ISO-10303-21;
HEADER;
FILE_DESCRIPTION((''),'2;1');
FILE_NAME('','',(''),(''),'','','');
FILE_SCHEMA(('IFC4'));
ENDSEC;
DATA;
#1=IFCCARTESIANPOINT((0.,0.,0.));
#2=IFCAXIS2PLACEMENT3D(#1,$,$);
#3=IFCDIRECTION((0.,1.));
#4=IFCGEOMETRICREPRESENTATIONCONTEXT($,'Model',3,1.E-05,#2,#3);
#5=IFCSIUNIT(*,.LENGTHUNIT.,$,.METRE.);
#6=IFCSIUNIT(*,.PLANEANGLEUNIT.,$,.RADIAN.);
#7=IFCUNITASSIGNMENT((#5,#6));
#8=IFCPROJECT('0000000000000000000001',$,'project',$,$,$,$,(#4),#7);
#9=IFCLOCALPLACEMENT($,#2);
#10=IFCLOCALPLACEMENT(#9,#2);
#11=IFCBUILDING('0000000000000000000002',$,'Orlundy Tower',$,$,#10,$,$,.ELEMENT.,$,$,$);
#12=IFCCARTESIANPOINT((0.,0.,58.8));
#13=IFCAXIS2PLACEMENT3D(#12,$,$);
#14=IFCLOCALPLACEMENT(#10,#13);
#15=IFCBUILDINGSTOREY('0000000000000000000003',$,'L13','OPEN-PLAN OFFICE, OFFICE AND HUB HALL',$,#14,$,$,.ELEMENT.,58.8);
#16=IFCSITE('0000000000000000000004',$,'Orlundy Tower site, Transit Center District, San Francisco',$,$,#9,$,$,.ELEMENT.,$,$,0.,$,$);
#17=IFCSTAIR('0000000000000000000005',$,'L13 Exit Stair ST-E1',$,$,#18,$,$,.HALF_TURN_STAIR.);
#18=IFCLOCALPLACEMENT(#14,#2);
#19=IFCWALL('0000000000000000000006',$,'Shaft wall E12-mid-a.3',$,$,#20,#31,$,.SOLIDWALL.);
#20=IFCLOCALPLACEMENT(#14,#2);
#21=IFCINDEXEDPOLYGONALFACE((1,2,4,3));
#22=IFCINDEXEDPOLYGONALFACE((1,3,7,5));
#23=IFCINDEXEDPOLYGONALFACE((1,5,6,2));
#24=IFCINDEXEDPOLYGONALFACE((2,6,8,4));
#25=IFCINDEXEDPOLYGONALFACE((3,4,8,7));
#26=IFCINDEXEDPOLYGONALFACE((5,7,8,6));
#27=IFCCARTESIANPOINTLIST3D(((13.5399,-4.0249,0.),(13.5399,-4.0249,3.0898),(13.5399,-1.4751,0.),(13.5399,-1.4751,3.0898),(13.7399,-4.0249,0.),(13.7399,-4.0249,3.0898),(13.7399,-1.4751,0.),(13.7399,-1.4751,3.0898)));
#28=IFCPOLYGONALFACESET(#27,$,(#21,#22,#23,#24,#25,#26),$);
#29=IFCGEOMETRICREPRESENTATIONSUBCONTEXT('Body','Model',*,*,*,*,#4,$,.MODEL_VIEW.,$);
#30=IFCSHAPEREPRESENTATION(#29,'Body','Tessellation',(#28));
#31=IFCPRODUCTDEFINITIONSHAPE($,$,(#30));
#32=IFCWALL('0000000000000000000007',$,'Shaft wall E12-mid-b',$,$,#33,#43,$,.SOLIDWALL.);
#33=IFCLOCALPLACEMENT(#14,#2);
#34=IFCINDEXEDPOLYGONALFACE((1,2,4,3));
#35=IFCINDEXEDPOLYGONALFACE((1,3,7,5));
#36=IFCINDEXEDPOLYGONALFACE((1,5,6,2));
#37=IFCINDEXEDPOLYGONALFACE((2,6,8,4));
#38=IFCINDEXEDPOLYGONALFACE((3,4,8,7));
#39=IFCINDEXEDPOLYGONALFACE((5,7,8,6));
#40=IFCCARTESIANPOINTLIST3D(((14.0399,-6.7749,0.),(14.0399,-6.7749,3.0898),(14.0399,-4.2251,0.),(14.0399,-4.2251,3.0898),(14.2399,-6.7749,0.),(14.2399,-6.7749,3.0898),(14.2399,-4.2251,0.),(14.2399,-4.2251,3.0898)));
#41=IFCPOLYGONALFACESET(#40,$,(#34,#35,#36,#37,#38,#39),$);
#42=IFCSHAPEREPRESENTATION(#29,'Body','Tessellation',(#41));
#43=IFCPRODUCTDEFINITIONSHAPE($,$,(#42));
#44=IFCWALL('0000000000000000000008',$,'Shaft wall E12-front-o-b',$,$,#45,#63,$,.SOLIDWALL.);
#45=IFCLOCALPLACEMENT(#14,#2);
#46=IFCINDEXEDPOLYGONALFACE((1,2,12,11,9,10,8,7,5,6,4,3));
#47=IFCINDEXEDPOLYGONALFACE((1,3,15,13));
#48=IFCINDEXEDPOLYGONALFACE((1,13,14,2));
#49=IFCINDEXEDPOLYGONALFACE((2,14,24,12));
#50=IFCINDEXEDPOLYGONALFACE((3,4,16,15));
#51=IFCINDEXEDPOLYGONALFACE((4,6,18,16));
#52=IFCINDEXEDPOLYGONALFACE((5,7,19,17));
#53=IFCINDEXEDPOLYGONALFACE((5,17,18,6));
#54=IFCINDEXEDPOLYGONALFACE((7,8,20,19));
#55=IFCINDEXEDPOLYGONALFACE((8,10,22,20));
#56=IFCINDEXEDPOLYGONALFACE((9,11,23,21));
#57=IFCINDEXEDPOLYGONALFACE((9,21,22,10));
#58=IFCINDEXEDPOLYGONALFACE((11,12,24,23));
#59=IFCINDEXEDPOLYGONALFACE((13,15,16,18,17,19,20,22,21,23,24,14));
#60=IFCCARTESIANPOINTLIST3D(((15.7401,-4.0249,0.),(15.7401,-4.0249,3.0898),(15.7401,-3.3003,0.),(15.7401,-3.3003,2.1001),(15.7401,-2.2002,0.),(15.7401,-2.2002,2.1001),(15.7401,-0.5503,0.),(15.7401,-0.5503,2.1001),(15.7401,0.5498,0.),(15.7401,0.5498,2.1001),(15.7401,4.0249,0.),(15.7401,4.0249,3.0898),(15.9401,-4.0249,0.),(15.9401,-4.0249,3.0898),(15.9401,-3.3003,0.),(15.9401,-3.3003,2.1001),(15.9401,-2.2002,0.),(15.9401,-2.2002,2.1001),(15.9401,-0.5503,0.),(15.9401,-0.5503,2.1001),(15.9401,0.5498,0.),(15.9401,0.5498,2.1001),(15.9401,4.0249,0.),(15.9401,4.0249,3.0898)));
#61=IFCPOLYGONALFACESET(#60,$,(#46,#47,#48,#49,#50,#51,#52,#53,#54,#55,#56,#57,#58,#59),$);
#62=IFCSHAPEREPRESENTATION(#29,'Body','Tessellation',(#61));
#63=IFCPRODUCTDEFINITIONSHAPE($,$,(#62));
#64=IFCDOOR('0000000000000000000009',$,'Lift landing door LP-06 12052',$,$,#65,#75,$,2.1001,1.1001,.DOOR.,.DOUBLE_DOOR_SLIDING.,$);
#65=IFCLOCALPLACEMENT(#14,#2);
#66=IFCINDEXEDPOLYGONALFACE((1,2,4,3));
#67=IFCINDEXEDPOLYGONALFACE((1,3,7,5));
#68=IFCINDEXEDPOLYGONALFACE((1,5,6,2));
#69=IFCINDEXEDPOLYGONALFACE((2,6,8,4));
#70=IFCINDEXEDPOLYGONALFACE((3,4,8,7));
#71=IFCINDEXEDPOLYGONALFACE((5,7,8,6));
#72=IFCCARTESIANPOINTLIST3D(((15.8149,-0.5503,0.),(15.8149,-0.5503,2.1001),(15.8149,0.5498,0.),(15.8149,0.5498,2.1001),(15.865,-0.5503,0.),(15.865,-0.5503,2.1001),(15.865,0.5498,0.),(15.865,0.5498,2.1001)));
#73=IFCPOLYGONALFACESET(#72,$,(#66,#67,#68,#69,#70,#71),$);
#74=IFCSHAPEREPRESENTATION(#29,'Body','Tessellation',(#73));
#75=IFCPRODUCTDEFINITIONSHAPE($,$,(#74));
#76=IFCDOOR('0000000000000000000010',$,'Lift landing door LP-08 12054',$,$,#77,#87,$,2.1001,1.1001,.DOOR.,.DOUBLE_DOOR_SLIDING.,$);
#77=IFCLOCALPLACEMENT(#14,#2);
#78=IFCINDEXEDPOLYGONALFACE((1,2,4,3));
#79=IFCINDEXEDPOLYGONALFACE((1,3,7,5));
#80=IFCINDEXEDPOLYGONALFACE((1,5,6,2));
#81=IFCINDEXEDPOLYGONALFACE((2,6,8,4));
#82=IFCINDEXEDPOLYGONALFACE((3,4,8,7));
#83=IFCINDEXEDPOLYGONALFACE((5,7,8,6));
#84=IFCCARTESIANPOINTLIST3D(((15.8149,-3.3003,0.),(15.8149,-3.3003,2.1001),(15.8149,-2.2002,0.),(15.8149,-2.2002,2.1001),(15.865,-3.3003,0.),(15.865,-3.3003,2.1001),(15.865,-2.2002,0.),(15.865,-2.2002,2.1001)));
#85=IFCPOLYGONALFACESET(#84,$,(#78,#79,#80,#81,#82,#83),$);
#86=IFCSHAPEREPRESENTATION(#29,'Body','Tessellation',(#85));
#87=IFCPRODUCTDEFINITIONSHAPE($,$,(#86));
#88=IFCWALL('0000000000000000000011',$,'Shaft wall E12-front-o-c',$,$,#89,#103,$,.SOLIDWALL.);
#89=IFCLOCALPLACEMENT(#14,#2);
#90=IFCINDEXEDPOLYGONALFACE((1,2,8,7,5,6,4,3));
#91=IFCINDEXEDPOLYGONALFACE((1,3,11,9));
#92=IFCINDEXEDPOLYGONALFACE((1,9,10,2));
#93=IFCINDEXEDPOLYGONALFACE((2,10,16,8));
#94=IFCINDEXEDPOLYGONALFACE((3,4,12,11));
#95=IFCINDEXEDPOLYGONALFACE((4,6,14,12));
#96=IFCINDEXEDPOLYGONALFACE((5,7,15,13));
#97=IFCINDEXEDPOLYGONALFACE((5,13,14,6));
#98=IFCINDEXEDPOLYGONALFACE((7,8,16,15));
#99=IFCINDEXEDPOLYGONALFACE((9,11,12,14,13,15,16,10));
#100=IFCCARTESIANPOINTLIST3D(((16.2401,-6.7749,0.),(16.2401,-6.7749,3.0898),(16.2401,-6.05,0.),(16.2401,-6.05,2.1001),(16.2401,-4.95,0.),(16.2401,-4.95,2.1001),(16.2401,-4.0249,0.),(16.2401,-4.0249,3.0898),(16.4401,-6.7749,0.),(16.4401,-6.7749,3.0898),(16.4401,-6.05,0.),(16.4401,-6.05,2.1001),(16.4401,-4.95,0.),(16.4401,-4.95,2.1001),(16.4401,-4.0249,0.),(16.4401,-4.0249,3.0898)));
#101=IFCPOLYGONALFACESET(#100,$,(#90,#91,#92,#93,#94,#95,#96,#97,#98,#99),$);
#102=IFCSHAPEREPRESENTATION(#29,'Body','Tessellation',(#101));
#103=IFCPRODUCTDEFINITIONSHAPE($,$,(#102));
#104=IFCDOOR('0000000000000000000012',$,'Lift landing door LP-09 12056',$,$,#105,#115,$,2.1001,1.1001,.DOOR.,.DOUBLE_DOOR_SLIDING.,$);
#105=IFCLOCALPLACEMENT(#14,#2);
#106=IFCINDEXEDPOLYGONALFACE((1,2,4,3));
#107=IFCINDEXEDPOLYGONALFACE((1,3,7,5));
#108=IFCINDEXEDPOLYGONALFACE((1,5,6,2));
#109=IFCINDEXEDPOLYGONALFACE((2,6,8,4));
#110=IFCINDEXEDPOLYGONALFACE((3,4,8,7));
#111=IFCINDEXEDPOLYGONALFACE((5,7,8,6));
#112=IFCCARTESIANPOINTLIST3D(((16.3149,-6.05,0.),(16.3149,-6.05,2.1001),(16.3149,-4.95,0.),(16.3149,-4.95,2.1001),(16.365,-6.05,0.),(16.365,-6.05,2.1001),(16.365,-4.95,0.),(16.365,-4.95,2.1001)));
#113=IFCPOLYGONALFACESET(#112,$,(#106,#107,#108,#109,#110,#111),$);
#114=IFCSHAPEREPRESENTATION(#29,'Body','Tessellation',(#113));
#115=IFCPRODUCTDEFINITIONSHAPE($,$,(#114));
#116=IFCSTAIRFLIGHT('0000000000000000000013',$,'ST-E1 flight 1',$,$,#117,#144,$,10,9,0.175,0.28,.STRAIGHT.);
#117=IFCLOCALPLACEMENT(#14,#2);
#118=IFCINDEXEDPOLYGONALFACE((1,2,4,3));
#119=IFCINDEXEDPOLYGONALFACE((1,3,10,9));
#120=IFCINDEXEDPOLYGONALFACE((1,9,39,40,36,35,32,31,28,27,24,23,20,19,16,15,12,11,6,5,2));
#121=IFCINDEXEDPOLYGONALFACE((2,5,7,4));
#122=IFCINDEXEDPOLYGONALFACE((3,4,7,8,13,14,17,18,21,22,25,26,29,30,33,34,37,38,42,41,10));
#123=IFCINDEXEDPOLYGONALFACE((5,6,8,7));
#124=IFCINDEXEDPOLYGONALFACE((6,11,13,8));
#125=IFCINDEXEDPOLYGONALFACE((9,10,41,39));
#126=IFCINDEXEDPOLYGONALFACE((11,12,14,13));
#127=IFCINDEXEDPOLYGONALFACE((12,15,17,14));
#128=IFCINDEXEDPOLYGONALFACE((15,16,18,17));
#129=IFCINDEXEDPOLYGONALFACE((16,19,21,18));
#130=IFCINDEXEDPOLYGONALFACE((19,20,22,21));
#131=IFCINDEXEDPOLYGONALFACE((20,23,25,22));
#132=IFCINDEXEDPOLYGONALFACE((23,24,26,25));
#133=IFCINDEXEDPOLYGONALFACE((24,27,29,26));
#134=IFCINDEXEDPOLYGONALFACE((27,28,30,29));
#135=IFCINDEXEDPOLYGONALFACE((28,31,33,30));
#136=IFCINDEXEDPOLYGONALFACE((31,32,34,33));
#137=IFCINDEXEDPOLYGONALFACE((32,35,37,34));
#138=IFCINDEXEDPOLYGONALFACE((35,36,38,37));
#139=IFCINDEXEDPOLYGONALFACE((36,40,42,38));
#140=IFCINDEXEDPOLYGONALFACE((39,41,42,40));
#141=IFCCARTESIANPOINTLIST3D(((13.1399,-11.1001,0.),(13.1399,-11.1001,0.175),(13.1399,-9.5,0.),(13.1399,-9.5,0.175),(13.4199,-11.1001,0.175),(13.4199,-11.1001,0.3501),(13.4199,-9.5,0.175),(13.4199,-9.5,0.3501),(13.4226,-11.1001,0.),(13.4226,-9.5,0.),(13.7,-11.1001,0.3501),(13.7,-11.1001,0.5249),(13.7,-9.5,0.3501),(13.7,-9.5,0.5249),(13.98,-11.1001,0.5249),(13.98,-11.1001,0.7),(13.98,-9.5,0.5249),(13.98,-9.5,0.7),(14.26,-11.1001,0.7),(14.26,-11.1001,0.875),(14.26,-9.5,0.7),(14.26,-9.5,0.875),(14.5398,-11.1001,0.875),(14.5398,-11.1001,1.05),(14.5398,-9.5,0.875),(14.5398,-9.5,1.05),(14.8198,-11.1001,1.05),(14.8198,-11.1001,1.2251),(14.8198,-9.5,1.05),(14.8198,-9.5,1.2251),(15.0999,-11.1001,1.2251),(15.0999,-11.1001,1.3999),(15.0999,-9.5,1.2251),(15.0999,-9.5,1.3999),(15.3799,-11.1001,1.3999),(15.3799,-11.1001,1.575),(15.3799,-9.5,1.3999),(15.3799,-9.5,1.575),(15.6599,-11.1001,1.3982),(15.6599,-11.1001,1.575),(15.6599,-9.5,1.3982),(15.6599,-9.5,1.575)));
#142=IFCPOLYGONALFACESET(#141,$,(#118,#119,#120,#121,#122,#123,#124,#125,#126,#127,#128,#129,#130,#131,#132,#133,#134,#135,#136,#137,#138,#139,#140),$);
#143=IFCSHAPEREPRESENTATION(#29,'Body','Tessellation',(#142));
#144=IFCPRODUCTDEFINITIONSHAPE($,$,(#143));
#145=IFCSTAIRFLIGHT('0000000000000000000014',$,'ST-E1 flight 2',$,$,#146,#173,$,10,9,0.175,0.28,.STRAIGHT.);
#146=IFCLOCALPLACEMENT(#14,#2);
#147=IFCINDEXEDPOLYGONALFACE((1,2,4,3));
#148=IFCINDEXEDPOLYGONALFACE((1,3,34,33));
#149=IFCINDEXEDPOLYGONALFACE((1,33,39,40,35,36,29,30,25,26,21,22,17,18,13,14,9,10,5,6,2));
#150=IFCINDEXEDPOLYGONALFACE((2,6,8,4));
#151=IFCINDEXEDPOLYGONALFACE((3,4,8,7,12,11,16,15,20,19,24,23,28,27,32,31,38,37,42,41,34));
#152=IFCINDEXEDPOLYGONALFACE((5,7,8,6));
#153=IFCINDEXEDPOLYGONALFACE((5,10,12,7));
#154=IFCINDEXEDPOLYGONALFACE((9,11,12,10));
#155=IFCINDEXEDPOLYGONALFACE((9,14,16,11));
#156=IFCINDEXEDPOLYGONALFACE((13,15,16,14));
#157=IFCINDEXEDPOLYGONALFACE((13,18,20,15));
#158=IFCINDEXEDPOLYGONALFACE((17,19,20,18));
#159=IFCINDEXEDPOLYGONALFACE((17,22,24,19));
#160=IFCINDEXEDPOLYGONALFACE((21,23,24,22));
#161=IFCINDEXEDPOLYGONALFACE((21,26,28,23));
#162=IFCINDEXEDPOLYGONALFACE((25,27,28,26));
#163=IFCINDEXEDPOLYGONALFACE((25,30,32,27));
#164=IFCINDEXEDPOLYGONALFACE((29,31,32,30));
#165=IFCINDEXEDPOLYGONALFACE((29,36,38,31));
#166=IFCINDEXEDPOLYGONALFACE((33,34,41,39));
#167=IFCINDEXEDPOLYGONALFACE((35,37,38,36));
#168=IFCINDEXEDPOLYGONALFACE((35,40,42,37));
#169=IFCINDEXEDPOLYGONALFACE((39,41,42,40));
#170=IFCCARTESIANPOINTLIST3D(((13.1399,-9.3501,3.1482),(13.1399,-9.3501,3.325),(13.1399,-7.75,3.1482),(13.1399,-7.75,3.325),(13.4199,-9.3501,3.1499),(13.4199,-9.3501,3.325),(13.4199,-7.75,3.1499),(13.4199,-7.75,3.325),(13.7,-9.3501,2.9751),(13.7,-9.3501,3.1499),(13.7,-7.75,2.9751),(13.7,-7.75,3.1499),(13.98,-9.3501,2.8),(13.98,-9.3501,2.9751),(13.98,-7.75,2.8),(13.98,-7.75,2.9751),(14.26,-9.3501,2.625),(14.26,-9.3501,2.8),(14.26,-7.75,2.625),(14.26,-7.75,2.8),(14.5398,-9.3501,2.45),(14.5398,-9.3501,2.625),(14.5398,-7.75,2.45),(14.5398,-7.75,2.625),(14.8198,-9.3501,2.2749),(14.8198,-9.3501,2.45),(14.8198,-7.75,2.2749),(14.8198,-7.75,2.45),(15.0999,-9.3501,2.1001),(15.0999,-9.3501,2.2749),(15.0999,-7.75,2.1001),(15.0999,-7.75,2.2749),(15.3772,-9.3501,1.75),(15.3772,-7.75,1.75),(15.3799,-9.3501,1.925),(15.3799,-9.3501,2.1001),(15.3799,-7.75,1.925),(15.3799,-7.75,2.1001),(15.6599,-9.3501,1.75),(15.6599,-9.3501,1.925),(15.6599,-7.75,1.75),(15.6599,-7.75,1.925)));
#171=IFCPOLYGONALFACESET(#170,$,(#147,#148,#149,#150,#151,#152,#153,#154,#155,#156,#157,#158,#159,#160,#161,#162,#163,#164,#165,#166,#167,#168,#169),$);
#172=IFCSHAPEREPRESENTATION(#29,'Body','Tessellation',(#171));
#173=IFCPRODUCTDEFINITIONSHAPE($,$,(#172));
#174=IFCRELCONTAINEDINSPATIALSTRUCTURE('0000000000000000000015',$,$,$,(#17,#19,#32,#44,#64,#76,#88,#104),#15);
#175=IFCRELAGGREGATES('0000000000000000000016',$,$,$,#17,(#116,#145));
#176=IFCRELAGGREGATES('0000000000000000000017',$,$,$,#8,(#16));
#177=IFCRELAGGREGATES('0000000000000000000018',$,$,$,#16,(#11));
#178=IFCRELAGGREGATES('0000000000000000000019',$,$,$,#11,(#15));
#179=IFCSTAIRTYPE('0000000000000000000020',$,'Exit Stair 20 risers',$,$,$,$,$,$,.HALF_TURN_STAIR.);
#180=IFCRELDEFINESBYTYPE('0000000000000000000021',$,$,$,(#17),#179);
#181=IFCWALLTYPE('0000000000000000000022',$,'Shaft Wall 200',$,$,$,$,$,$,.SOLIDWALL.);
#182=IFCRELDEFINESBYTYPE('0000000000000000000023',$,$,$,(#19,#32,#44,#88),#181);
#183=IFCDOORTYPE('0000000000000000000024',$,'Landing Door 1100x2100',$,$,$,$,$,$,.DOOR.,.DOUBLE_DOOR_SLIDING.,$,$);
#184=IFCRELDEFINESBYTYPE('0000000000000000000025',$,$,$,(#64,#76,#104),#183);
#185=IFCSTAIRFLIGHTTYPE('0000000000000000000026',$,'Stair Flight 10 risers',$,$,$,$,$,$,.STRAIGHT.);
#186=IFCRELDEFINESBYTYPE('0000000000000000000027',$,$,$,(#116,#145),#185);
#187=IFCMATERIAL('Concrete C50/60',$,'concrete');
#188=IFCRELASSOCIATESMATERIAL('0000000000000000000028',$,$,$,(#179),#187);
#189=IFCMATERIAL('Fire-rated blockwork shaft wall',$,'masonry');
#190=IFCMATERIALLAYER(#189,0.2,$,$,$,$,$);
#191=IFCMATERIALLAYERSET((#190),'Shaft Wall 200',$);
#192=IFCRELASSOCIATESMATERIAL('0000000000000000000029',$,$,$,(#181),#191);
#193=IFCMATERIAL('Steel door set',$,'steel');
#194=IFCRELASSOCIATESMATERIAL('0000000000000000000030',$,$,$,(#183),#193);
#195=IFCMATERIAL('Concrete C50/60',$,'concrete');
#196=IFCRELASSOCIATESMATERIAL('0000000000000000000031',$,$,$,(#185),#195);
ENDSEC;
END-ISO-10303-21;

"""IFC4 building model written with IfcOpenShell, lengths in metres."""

from ifc_helpers import new_model, si_unit, direction, frame, frame_2d, origin, place, context, subcontext, project, spatial, polyline, rectangle, outline, extrude, material, layer, layer_set, type_object, element, fill, aggregate, save


model = new_model("IFC4")

# Units and contexts
model_context = context("Model", 3, precision=1e-05, world=origin(), true_north=direction((0.0, 1.0)))
body_context = subcontext(model_context, "Body", "Model", "MODEL_VIEW")
ifc_project = project(units=[si_unit("LENGTHUNIT", "METRE"), si_unit("PLANEANGLEUNIT", "RADIAN")], contexts=[model_context])

# Site, building, storey
site_placement = place(None, origin())
site = spatial("IfcSite", under=ifc_project, at=site_placement, Name="Orlundy Tower site, Transit Center District, San Francisco", CompositionType="ELEMENT", RefElevation=0.0)
building_placement = place(site_placement, origin())
building = spatial("IfcBuilding", under=site, at=building_placement, Name="Orlundy Tower", CompositionType="ELEMENT")
storey_placement = place(building_placement, frame((0.0, 0.0, 58.8)))
storey = spatial("IfcBuildingStorey", under=building, at=storey_placement, Name="L13", Description="OPEN-PLAN OFFICE, OFFICE AND HUB HALL", CompositionType="ELEMENT", Elevation=58.8)

# Stair
ifc_material_1 = material(Name="Concrete C50/60", Category="concrete")
stair_type = type_object("IfcStairType", Name="Exit Stair 20 risers", PredefinedType="HALF_TURN_STAIR", material=ifc_material_1)
stair_1_placement = place(storey_placement, origin())
stair_1 = element("IfcStair", 1, at=stair_1_placement, inside=storey, type_object=stair_type, Name="L13 Exit Stair ST-E1", PredefinedType="HALF_TURN_STAIR")

# Walls
ifc_material_2 = material(Name="Fire-rated blockwork shaft wall", Category="masonry")
ifc_layer_1 = layer(ifc_material_2, 0.2)
ifc_layer_set_1 = layer_set([ifc_layer_1], Name="Shaft Wall 200")
wall_type_1 = type_object("IfcWallType", Name="Shaft Wall 200", PredefinedType="SOLIDWALL", material=ifc_layer_set_1)
for number, where, z_axis, x_axis, name in (
    (2, (13.6399, -1.4751, 0.0), (0.0, 0.0, 1.0), (0.0, -1.0, 0.0), "Shaft wall E12-mid-a.3"),
    (3, (14.1399, -4.2251, 0.0), (0.0, 0.0, 1.0), (0.0, -1.0, 0.0), "Shaft wall E12-mid-b"),
):
    element("IfcWall", number, at=place(storey_placement, frame(where, z_axis=z_axis, x_axis=x_axis)), inside=storey, type_object=wall_type_1, Name=name, PredefinedType="SOLIDWALL", context=body_context, shape_type="SweptSolid", body=[
        extrude(rectangle(XDim=2.5498, YDim=0.2, at=frame_2d((1.2749, 0.0))), origin(), (0.0, 0.0, 1.0), 3.0898),
    ])

# Wall, openings, doors
wall_1_placement = place(storey_placement, frame((15.8401, 4.0249, 0.0), z_axis=(0.0, 0.0, 1.0), x_axis=(0.0, -1.0, 0.0)))
wall_1 = element("IfcWall", 4, at=wall_1_placement, inside=storey, type_object=wall_type_1, Name="Shaft wall E12-front-o-b", PredefinedType="SOLIDWALL", context=body_context, shape_type="SweptSolid", body=[
    extrude(rectangle(XDim=8.0498, YDim=0.2, at=frame_2d((4.0249, 0.0))), origin(), (0.0, 0.0, 1.0), 3.0898),
])
opening_1_placement = place(wall_1_placement, frame((3.4751, 0.0, 0.0)))
opening_1 = element("IfcOpeningElement", 5, at=opening_1_placement, cuts=wall_1, PredefinedType="OPENING", context=body_context, shape_type="SweptSolid", body=[
    extrude(rectangle(XDim=1.1001, YDim=2.1001, at=frame_2d((0.55, 1.05))), frame((0.0, 0.1101, 0.0), z_axis=(0.0, -1.0, 0.0), x_axis=(1.0, 0.0, 0.0)), (0.0, 0.0, 1.0), 0.2202),
])
opening_2_placement = place(wall_1_placement, frame((6.2251, 0.0, 0.0)))
opening_2 = element("IfcOpeningElement", 6, at=opening_2_placement, cuts=wall_1, PredefinedType="OPENING", context=body_context, shape_type="SweptSolid", body=[
    extrude(rectangle(XDim=1.1001, YDim=2.1001, at=frame_2d((0.55, 1.05))), frame((0.0, 0.1101, 0.0), z_axis=(0.0, -1.0, 0.0), x_axis=(1.0, 0.0, 0.0)), (0.0, 0.0, 1.0), 0.2202),
])
ifc_material_3 = material(Name="Steel door set", Category="steel")
door_type_1 = type_object("IfcDoorType", Name="Landing Door 1100x2100", OperationType="DOUBLE_DOOR_SLIDING", PredefinedType="DOOR", material=ifc_material_3)
door_1_placement = place(opening_1_placement, origin())
door_1 = element("IfcDoor", 7, at=door_1_placement, inside=storey, type_object=door_type_1, Name="Lift landing door LP-06 12052", OperationType="DOUBLE_DOOR_SLIDING", OverallHeight=2.1001, OverallWidth=1.1001, PredefinedType="DOOR", context=body_context, shape_type="SweptSolid", body=[
    extrude(rectangle(XDim=1.1001, YDim=2.1001, at=frame_2d((0.55, 1.05))), frame((0.0, 0.0249, 0.0), z_axis=(0.0, -1.0, 0.0), x_axis=(1.0, 0.0, 0.0)), (0.0, 0.0, 1.0), 0.05),
])
fill(opening_1, door_1)
door_2_placement = place(opening_2_placement, origin())
door_2 = element("IfcDoor", 8, at=door_2_placement, inside=storey, type_object=door_type_1, Name="Lift landing door LP-08 12054", OperationType="DOUBLE_DOOR_SLIDING", OverallHeight=2.1001, OverallWidth=1.1001, PredefinedType="DOOR", context=body_context, shape_type="SweptSolid", body=[
    extrude(rectangle(XDim=1.1001, YDim=2.1001, at=frame_2d((0.55, 1.05))), frame((0.0, 0.0249, 0.0), z_axis=(0.0, -1.0, 0.0), x_axis=(1.0, 0.0, 0.0)), (0.0, 0.0, 1.0), 0.05),
])
fill(opening_2, door_2)

# Wall, opening, door
wall_2_placement = place(storey_placement, frame((16.3401, -4.0249, 0.0), z_axis=(0.0, 0.0, 1.0), x_axis=(0.0, -1.0, 0.0)))
wall_2 = element("IfcWall", 9, at=wall_2_placement, inside=storey, type_object=wall_type_1, Name="Shaft wall E12-front-o-c", PredefinedType="SOLIDWALL", context=body_context, shape_type="SweptSolid", body=[
    extrude(rectangle(XDim=2.75, YDim=0.2, at=frame_2d((1.375, 0.0))), origin(), (0.0, 0.0, 1.0), 3.0898),
])
opening_3_placement = place(wall_2_placement, frame((0.925, 0.0, 0.0)))
opening_3 = element("IfcOpeningElement", 10, at=opening_3_placement, cuts=wall_2, PredefinedType="OPENING", context=body_context, shape_type="SweptSolid", body=[
    extrude(rectangle(XDim=1.1001, YDim=2.1001, at=frame_2d((0.55, 1.05))), frame((0.0, 0.1101, 0.0), z_axis=(0.0, -1.0, 0.0), x_axis=(1.0, 0.0, 0.0)), (0.0, 0.0, 1.0), 0.2202),
])
door_3_placement = place(opening_3_placement, origin())
door_3 = element("IfcDoor", 11, at=door_3_placement, inside=storey, type_object=door_type_1, Name="Lift landing door LP-09 12056", OperationType="DOUBLE_DOOR_SLIDING", OverallHeight=2.1001, OverallWidth=1.1001, PredefinedType="DOOR", context=body_context, shape_type="SweptSolid", body=[
    extrude(rectangle(XDim=1.1001, YDim=2.1001, at=frame_2d((0.55, 1.05))), frame((0.0, 0.0249, 0.0), z_axis=(0.0, -1.0, 0.0), x_axis=(1.0, 0.0, 0.0)), (0.0, 0.0, 1.0), 0.05),
])
fill(opening_3, door_3)

# Stair flights
ifc_material_4 = material(Name="Concrete C50/60", Category="concrete")
stair_flight_type = type_object("IfcStairFlightType", Name="Stair Flight 10 risers", PredefinedType="STRAIGHT", material=ifc_material_4)
stair_flight_1_placement = place(storey_placement, frame((13.1399, -10.3, 0.0), z_axis=(0.0, 0.0, 1.0), x_axis=(1.0, 0.0, 0.0)))
stair_flight_1 = element("IfcStairFlight", 12, at=stair_flight_1_placement, type_object=stair_flight_type, Name="ST-E1 flight 1", NumberOfRisers=10, NumberOfTreads=9, PredefinedType="STRAIGHT", RiserHeight=0.175, TreadLength=0.28, context=body_context, shape_type="SweptSolid", body=[
    extrude(outline(polyline([(0.0, 0.0), (0.0, 0.175), (0.28, 0.175), (0.28, 0.3501), (0.5601, 0.3501), (0.5601, 0.5249), (0.8401, 0.5249), (0.8401, 0.7), (1.1201, 0.7), (1.1201, 0.875), (1.3999, 0.875), (1.3999, 1.05), (1.6799, 1.05), (1.6799, 1.2251), (1.96, 1.2251), (1.96, 1.3999), (2.24, 1.3999), (2.24, 1.575), (2.52, 1.575), (2.52, 1.75), (2.52, 1.3982), (0.2827, 0.0), (0.0, 0.0)])), frame((0.0, 0.8, 0.0), z_axis=(0.0, -1.0, 0.0), x_axis=(1.0, 0.0, 0.0)), (0.0, 0.0, 1.0), 1.6001),
])
stair_flight_2_placement = place(storey_placement, frame((15.6599, -8.55, 1.75), z_axis=(0.0, 0.0, 1.0), x_axis=(-1.0, 0.0, 0.0)))
stair_flight_2 = element("IfcStairFlight", 13, at=stair_flight_2_placement, type_object=stair_flight_type, Name="ST-E1 flight 2", NumberOfRisers=10, NumberOfTreads=9, PredefinedType="STRAIGHT", RiserHeight=0.175, TreadLength=0.28, context=body_context, shape_type="SweptSolid", body=[
    extrude(outline(polyline([(0.0, 0.0), (0.0, 0.175), (0.28, 0.175), (0.28, 0.3501), (0.5601, 0.3501), (0.5601, 0.5249), (0.8401, 0.5249), (0.8401, 0.7), (1.1201, 0.7), (1.1201, 0.875), (1.3999, 0.875), (1.3999, 1.05), (1.6799, 1.05), (1.6799, 1.2251), (1.96, 1.2251), (1.96, 1.3999), (2.24, 1.3999), (2.24, 1.575), (2.52, 1.575), (2.52, 1.75), (2.52, 1.3982), (0.2827, 0.0), (0.0, 0.0)])), frame((0.0, 0.8, 0.0), z_axis=(0.0, -1.0, 0.0), x_axis=(1.0, 0.0, 0.0)), (0.0, 0.0, 1.0), 1.6001),
])
aggregate(stair_1, [stair_flight_1, stair_flight_2])

save(model, "model.ifc")
